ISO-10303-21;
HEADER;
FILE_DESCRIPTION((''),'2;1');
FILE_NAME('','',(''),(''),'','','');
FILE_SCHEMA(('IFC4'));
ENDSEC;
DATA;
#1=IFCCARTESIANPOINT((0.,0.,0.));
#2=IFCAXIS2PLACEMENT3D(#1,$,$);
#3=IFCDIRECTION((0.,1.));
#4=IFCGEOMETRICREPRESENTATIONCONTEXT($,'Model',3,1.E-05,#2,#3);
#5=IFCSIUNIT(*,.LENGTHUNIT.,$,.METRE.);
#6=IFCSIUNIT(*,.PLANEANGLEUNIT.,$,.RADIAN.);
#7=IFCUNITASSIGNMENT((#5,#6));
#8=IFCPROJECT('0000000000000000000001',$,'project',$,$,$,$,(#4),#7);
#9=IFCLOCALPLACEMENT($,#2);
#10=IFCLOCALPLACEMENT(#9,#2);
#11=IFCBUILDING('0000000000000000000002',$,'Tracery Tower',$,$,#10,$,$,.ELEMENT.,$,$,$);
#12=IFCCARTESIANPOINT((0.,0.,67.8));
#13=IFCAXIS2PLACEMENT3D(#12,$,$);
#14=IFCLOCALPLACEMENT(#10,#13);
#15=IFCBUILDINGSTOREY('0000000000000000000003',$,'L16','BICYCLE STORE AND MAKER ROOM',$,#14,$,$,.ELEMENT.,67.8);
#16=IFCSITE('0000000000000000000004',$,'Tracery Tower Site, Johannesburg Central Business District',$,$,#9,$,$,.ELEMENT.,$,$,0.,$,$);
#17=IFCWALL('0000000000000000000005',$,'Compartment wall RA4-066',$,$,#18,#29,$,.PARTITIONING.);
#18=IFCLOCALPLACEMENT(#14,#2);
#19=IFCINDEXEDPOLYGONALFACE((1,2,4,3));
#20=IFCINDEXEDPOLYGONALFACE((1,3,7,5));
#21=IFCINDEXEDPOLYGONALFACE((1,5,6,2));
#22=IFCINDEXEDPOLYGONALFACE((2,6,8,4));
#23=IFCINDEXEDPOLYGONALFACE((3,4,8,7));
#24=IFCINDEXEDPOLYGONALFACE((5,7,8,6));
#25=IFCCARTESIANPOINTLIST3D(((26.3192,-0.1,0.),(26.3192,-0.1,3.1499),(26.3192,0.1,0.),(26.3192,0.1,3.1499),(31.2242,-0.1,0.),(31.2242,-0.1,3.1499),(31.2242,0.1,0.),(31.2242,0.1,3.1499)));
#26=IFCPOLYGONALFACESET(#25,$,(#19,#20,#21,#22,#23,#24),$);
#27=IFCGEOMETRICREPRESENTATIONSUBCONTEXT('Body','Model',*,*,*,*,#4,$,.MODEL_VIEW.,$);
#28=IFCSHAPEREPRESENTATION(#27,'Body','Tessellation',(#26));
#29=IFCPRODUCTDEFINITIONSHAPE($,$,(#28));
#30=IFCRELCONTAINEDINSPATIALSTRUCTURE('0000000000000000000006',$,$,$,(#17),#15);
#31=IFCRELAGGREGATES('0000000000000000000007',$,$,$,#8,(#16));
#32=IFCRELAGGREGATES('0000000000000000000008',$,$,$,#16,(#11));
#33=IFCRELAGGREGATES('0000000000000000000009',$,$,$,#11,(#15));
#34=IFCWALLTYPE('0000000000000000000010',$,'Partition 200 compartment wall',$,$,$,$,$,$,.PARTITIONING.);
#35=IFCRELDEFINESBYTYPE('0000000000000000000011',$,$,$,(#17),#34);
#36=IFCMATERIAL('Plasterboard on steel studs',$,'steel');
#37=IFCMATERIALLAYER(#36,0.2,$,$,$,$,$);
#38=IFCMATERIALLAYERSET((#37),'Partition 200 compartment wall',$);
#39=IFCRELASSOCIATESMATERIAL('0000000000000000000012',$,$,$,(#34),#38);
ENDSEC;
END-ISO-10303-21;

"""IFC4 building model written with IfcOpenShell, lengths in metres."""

from ifc_helpers import new_model, si_unit, direction, frame, frame_2d, origin, place, context, subcontext, project, spatial, rectangle, extrude, material, layer, layer_set, type_object, element, save


model = new_model("IFC4")

# Units and contexts
model_context = context("Model", 3, precision=1e-05, world=origin(), true_north=direction((0.0, 1.0)))
body_context = subcontext(model_context, "Body", "Model", "MODEL_VIEW")
ifc_project = project(units=[si_unit("LENGTHUNIT", "METRE"), si_unit("PLANEANGLEUNIT", "RADIAN")], contexts=[model_context])

# Site, building, storey
site_placement = place(None, origin())
site = spatial("IfcSite", under=ifc_project, at=site_placement, Name="Tracery Tower Site, Johannesburg Central Business District", CompositionType="ELEMENT", RefElevation=0.0)
building_placement = place(site_placement, origin())
building = spatial("IfcBuilding", under=site, at=building_placement, Name="Tracery Tower", CompositionType="ELEMENT")
storey_placement = place(building_placement, frame((0.0, 0.0, 67.8)))
storey = spatial("IfcBuildingStorey", under=building, at=storey_placement, Name="L16", Description="BICYCLE STORE AND MAKER ROOM", CompositionType="ELEMENT", Elevation=67.8)

# Wall
ifc_material_1 = material(Name="Plasterboard on steel studs", Category="steel")
ifc_layer_1 = layer(ifc_material_1, 0.2)
ifc_layer_set_1 = layer_set([ifc_layer_1], Name="Partition 200 compartment wall")
wall_type_1 = type_object("IfcWallType", Name="Partition 200 compartment wall", PredefinedType="PARTITIONING", material=ifc_layer_set_1)
wall_1_placement = place(storey_placement, frame((26.3191, 0.0, 0.0), z_axis=(0.0, 0.0, 1.0), x_axis=(1.0, 0.0, 0.0)))
element("IfcWall", 1, at=wall_1_placement, inside=storey, type_object=wall_type_1, Name="Compartment wall RA4-066", PredefinedType="PARTITIONING", context=body_context, shape_type="SweptSolid", body=[
    extrude(rectangle(XDim=4.905, YDim=0.2, at=frame_2d((2.4526, 0.0))), origin(), (0.0, 0.0, 1.0), 3.1499),
])

save(model, "model.ifc")
